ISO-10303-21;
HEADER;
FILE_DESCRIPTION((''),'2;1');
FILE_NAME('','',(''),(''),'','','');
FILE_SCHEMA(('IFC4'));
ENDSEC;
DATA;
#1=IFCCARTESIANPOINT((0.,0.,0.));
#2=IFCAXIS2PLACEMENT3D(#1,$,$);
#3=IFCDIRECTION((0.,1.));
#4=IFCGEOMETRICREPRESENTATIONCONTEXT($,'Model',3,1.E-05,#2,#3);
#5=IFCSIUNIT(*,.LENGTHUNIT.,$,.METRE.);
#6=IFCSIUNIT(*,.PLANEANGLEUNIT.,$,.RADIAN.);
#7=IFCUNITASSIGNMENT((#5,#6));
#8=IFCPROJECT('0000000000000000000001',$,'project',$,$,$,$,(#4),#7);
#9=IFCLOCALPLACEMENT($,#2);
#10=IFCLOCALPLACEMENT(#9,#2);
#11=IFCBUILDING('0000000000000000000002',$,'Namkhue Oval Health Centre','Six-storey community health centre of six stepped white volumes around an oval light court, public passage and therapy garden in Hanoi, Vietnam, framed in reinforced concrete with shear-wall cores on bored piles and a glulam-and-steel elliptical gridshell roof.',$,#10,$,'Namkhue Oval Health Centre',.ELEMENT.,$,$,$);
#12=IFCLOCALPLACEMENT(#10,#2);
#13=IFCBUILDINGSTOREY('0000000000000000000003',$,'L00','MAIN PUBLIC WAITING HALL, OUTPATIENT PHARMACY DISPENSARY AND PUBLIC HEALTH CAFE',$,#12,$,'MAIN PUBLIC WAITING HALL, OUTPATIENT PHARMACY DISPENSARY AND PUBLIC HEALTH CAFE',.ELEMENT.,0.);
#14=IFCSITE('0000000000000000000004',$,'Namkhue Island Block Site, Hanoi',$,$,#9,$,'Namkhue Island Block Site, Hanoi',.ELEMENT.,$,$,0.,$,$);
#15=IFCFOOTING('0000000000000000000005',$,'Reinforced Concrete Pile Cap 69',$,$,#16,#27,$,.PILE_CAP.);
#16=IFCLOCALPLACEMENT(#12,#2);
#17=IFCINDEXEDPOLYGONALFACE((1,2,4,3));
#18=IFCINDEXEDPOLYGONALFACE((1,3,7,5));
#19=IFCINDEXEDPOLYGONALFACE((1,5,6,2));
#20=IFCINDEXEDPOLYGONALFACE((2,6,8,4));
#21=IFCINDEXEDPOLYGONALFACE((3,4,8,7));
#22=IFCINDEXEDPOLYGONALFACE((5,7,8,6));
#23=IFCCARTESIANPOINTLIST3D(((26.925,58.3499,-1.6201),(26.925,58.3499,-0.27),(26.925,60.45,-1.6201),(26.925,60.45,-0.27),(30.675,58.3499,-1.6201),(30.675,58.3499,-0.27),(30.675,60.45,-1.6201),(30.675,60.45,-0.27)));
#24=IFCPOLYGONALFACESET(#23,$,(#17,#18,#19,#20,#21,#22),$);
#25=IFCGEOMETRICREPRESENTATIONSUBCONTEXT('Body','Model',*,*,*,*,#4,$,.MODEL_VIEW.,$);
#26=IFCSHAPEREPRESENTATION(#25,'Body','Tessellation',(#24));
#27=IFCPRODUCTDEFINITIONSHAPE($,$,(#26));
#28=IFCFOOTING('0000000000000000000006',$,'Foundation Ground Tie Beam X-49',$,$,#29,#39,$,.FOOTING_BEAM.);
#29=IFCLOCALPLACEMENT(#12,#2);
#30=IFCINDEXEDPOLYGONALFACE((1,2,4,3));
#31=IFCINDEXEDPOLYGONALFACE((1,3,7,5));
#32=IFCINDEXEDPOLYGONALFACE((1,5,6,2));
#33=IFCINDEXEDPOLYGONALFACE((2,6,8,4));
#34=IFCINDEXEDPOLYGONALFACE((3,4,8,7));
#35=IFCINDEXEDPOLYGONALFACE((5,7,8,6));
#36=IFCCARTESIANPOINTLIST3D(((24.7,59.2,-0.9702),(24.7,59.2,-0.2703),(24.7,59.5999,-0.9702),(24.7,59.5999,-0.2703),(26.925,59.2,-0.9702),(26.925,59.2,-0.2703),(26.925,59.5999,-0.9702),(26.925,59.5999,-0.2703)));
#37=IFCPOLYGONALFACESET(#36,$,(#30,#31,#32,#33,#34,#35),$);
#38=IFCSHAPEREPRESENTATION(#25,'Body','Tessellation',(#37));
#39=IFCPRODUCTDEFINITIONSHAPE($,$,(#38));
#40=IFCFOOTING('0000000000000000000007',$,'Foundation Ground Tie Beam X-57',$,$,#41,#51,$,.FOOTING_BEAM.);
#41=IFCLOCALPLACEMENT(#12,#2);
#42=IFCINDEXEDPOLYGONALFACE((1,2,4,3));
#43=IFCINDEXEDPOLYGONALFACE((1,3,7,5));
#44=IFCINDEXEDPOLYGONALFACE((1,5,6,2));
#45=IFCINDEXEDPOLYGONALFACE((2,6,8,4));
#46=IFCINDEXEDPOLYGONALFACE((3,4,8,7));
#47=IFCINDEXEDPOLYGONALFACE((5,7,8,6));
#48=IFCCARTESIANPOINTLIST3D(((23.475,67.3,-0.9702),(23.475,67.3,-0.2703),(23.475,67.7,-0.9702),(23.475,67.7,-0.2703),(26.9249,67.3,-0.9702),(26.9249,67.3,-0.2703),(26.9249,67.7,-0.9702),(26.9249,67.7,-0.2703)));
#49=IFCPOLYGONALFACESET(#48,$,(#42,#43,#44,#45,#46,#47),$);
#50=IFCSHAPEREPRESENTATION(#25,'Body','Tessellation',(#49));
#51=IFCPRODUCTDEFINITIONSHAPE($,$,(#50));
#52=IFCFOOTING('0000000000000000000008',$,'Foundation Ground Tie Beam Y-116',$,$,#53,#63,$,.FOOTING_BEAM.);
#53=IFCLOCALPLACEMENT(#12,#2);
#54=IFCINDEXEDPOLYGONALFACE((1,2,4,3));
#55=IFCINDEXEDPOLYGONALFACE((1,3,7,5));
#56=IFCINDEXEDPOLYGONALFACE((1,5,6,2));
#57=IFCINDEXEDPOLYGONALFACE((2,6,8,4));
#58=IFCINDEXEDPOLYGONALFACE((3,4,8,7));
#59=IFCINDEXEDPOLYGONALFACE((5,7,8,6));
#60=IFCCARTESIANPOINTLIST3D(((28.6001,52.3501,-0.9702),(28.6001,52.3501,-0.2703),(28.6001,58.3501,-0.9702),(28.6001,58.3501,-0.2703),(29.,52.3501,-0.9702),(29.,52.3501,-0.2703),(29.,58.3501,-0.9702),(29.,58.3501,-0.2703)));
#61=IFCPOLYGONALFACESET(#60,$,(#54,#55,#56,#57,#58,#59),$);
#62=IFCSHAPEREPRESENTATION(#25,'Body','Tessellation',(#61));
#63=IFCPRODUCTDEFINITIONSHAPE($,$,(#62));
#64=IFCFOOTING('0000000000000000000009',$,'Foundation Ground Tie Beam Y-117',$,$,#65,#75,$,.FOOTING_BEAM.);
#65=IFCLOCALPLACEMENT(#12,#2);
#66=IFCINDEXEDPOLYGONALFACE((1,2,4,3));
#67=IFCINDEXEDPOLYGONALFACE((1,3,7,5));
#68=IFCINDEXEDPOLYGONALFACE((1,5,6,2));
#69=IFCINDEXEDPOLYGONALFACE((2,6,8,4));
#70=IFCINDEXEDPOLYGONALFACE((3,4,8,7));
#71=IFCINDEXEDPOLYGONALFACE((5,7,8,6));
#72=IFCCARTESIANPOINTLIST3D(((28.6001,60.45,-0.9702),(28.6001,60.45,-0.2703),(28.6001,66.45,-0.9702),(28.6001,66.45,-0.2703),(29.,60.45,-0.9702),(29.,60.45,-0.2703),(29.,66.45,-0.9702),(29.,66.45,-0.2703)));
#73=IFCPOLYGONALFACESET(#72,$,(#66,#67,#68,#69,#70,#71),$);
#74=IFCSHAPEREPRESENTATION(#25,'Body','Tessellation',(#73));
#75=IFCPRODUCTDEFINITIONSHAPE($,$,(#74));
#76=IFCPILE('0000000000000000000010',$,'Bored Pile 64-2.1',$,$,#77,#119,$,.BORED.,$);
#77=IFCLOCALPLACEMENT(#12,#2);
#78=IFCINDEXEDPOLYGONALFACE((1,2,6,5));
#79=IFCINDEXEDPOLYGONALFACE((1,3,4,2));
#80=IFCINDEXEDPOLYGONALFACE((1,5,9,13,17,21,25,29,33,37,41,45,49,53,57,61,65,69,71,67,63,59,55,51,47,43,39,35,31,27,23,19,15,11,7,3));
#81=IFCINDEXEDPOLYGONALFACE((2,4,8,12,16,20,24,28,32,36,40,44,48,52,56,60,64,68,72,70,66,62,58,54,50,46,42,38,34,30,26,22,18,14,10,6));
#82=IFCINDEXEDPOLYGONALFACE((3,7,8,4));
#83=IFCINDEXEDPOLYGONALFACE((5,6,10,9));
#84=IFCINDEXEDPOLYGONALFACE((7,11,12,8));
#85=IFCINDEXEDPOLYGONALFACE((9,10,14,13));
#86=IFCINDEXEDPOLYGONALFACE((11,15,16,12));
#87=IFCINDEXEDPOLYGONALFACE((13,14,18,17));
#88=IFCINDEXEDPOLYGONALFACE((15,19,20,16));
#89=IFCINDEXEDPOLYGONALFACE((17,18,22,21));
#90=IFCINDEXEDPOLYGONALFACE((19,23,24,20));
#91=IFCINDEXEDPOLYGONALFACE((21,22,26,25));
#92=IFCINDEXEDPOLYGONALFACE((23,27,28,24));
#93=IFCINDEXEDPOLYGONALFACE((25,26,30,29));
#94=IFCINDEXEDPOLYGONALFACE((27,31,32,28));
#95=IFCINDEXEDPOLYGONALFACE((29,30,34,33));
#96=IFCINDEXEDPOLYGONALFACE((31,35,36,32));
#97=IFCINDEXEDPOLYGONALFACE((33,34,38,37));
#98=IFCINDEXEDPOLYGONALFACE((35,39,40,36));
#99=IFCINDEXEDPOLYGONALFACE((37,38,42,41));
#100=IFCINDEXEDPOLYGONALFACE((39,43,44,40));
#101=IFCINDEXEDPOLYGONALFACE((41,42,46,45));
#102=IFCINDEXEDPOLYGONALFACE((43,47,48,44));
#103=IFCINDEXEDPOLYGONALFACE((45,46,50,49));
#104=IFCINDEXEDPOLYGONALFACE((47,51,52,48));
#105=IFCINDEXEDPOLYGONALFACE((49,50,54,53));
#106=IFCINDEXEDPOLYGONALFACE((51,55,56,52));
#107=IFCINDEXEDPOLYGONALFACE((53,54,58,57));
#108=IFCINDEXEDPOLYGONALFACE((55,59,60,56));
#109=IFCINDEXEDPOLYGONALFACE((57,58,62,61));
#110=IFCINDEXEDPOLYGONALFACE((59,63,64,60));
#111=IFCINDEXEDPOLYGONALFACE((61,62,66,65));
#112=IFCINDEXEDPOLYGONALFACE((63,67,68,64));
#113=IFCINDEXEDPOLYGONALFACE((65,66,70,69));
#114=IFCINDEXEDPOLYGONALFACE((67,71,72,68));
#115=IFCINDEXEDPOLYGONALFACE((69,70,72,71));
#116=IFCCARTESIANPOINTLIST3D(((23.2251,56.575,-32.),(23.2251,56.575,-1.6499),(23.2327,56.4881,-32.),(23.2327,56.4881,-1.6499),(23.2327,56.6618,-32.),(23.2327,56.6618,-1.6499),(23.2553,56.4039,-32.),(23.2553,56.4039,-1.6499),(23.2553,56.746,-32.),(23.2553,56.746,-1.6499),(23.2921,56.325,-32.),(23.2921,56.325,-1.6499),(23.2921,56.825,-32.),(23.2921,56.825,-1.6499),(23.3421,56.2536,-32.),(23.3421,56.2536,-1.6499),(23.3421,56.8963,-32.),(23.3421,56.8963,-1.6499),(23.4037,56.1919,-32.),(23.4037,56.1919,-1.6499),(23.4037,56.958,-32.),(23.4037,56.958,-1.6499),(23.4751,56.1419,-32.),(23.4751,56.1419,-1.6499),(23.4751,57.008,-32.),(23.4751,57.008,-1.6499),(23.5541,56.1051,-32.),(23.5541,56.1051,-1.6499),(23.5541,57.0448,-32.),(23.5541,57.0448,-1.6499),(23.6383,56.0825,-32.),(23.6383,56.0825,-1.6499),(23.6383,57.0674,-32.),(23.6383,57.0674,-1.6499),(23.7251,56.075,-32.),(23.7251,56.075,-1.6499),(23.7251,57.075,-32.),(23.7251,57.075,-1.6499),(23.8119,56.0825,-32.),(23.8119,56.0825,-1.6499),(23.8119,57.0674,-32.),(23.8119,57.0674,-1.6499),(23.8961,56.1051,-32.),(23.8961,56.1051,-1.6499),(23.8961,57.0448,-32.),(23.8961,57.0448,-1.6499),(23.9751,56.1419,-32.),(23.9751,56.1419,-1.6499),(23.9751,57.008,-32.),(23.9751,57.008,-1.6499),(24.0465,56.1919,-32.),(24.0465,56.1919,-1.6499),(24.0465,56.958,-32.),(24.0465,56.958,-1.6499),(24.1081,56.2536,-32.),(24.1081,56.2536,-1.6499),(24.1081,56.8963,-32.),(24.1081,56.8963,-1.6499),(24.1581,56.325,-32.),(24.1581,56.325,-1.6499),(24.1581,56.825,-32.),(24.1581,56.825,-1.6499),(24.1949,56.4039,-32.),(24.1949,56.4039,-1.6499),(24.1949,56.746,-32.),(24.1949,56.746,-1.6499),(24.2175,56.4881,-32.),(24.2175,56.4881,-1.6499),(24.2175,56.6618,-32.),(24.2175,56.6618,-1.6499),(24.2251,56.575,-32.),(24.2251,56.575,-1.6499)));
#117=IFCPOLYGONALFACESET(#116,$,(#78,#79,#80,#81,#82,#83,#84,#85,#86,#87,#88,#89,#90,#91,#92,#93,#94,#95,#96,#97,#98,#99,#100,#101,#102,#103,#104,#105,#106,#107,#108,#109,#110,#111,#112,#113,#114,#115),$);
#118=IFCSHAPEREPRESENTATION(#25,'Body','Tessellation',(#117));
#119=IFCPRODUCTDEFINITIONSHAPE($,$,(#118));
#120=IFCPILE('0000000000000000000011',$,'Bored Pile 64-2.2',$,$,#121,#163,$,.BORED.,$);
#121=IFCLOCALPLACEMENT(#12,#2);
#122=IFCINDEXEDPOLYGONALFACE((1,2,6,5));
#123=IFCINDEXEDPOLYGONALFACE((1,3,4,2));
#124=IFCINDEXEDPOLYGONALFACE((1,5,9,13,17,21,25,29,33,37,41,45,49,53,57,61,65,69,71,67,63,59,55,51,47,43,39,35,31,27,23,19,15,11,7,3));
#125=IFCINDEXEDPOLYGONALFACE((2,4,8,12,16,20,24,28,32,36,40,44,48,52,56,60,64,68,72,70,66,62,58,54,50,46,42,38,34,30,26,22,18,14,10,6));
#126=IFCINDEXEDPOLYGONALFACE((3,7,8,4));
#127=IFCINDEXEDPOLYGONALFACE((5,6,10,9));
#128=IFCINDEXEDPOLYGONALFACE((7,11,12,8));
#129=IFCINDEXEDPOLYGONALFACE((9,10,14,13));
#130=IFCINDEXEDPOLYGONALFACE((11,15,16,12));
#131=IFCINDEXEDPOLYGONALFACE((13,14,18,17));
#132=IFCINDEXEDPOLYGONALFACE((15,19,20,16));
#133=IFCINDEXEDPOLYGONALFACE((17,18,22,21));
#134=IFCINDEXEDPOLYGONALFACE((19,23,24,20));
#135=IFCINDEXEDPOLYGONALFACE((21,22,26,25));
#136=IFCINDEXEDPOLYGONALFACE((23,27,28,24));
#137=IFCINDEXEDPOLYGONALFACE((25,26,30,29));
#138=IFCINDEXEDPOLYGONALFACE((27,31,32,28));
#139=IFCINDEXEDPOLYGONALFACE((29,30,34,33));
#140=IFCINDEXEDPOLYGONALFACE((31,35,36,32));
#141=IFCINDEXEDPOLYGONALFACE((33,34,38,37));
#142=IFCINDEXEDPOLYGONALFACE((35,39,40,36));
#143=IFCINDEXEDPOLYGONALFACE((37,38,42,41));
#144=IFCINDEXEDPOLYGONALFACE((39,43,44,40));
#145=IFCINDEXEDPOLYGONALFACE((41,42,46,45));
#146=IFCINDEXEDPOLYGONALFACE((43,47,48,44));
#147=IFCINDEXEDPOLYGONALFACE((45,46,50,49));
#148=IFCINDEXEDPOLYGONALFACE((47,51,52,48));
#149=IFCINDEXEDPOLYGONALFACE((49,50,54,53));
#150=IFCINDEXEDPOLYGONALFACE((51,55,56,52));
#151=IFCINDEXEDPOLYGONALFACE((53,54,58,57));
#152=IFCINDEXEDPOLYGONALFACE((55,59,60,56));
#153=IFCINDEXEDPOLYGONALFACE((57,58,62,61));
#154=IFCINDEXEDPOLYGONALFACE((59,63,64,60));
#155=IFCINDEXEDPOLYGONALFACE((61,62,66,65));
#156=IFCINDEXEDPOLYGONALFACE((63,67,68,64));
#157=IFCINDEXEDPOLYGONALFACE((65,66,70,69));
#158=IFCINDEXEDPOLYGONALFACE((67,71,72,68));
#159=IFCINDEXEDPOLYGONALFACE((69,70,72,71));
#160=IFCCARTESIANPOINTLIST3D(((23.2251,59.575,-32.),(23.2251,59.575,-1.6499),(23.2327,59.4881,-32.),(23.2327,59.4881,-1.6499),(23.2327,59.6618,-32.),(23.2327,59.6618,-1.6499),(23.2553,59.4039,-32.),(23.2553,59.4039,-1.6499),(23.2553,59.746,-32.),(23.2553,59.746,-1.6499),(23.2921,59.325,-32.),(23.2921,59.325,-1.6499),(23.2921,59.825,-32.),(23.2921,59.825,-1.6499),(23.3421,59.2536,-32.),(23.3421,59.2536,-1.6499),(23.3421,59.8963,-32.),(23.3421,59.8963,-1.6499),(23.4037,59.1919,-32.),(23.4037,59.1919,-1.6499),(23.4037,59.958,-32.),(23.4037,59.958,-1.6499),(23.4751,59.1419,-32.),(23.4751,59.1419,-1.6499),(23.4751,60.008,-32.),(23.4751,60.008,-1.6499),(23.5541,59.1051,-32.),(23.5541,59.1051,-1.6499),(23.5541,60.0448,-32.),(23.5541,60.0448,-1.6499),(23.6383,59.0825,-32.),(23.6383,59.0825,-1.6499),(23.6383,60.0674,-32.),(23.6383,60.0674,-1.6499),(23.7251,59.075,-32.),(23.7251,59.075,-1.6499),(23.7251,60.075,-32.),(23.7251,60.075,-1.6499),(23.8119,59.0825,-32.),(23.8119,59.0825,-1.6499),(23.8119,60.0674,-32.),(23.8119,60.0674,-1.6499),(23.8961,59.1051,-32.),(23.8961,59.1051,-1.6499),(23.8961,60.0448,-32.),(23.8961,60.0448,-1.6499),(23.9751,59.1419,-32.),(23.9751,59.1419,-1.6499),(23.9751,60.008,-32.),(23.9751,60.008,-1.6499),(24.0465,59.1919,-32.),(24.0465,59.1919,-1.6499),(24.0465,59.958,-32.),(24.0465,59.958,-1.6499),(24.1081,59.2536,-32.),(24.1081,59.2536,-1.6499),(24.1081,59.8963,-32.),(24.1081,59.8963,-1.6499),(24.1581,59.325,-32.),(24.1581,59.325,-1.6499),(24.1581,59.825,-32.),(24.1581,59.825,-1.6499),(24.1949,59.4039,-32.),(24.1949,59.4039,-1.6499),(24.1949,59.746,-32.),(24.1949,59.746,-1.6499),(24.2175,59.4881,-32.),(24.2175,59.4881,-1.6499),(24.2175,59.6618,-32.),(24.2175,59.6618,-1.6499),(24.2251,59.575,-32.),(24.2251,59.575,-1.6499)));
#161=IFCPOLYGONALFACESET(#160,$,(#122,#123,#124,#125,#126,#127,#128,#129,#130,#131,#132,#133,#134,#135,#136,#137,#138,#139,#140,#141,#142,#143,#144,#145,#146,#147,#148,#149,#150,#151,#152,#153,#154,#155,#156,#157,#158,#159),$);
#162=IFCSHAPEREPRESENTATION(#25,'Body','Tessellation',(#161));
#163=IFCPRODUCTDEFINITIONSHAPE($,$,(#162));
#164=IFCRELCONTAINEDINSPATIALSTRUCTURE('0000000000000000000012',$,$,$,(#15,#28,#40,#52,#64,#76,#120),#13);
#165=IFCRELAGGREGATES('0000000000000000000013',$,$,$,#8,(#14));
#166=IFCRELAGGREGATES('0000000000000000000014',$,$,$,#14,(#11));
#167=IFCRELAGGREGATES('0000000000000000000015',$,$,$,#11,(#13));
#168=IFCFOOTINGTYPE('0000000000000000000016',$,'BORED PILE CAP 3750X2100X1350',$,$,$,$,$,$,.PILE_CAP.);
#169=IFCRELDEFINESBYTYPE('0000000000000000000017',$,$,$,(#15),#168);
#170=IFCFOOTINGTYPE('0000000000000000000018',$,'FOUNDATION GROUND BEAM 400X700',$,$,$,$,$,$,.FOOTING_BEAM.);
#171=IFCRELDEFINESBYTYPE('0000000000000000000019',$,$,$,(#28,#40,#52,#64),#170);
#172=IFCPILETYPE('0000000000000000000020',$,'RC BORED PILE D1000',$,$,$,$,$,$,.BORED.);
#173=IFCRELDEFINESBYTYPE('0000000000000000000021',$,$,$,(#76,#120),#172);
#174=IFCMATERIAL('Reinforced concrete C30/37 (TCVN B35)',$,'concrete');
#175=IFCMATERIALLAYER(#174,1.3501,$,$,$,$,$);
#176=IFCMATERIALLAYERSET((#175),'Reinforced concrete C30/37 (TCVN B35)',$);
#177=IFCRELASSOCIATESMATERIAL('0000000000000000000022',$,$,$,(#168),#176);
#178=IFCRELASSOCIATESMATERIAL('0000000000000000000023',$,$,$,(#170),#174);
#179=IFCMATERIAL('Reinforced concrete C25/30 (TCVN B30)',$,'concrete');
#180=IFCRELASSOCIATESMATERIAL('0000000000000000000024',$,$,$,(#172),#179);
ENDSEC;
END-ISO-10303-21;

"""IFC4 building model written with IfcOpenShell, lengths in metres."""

from ifc_helpers import new_model, si_unit, direction, frame, origin, origin_2d, place, context, subcontext, project, spatial, rectangle, circle, extrude, material, layer, layer_set, material_profile, profile_set, type_object, element, save


model = new_model("IFC4")

# Units and contexts
model_context = context("Model", 3, precision=1e-05, world=origin(), true_north=direction((0.0, 1.0)))
body_context = subcontext(model_context, "Body", "Model", "MODEL_VIEW")
ifc_project = project(units=[si_unit("LENGTHUNIT", "METRE"), si_unit("PLANEANGLEUNIT", "RADIAN")], contexts=[model_context])

# Site, building, storey
site_placement = place(None, origin())
site = spatial("IfcSite", under=ifc_project, at=site_placement, Name="Namkhue Island Block Site, Hanoi", LongName="Namkhue Island Block Site, Hanoi", CompositionType="ELEMENT", RefElevation=0.0)
building_placement = place(site_placement, origin())
building = spatial("IfcBuilding", under=site, at=building_placement, Name="Namkhue Oval Health Centre", Description="Six-storey community health centre of six stepped white volumes around an oval light court, public passage and therapy garden in Hanoi, Vietnam, framed in reinforced concrete with shear-wall cores on bored piles and a glulam-and-steel elliptical gridshell roof.", LongName="Namkhue Oval Health Centre", CompositionType="ELEMENT")
storey_placement = place(building_placement, origin())
storey = spatial("IfcBuildingStorey", under=building, at=storey_placement, Name="L00", Description="MAIN PUBLIC WAITING HALL, OUTPATIENT PHARMACY DISPENSARY AND PUBLIC HEALTH CAFE", LongName="MAIN PUBLIC WAITING HALL, OUTPATIENT PHARMACY DISPENSARY AND PUBLIC HEALTH CAFE", CompositionType="ELEMENT", Elevation=0.0)

# Footings
ifc_material_1 = material(Name="Reinforced concrete C30/37 (TCVN B35)", Category="concrete")
ifc_layer_1 = layer(ifc_material_1, 1.3501)
ifc_layer_set_1 = layer_set([ifc_layer_1], Name="Reinforced concrete C30/37 (TCVN B35)")
footing_type_1 = type_object("IfcFootingType", Name="BORED PILE CAP 3750X2100X1350", PredefinedType="PILE_CAP", material=ifc_layer_set_1)
footing_1_placement = place(storey_placement, frame((28.8, 59.3999, -1.6201), z_axis=(0.0, 0.0, 1.0), x_axis=(1.0, 0.0, 0.0)))
element("IfcFooting", 1, at=footing_1_placement, inside=storey, type_object=footing_type_1, Name="Reinforced Concrete Pile Cap 69", PredefinedType="PILE_CAP", context=body_context, shape_type="SweptSolid", body=[
    extrude(rectangle(XDim=3.75, YDim=2.1001, at=origin_2d()), origin(), (0.0, 0.0, 1.0), 1.3501),
])
footing_type_2 = type_object("IfcFootingType", Name="FOUNDATION GROUND BEAM 400X700", PredefinedType="FOOTING_BEAM", material=ifc_material_1)
footing_2_placement = place(storey_placement, frame((25.8125, 59.3999, -0.9702), z_axis=(0.0, 0.0, 1.0), x_axis=(1.0, 0.0, 0.0)))
element("IfcFooting", 2, at=footing_2_placement, inside=storey, type_object=footing_type_2, Name="Foundation Ground Tie Beam X-49", PredefinedType="FOOTING_BEAM", context=body_context, shape_type="SweptSolid", body=[
    extrude(rectangle(XDim=2.2251, YDim=0.3999, at=origin_2d()), origin(), (0.0, 0.0, 1.0), 0.7),
])
footing_3_placement = place(storey_placement, frame((25.2, 67.5, -0.9702), z_axis=(0.0, 0.0, 1.0), x_axis=(1.0, 0.0, 0.0)))
element("IfcFooting", 3, at=footing_3_placement, inside=storey, type_object=footing_type_2, Name="Foundation Ground Tie Beam X-57", PredefinedType="FOOTING_BEAM", context=body_context, shape_type="SweptSolid", body=[
    extrude(rectangle(XDim=3.45, YDim=0.3999, at=origin_2d()), origin(), (0.0, 0.0, 1.0), 0.7),
])
for number, where, z_axis, x_axis, name in (
    (4, (28.8, 55.3501, -0.9702), (0.0, 0.0, 1.0), (0.0, 1.0, 0.0), "Foundation Ground Tie Beam Y-116"),
    (5, (28.8, 63.45, -0.9702), (0.0, 0.0, 1.0), (0.0, 1.0, 0.0), "Foundation Ground Tie Beam Y-117"),
):
    element("IfcFooting", number, at=place(storey_placement, frame(where, z_axis=z_axis, x_axis=x_axis)), inside=storey, type_object=footing_type_2, Name=name, PredefinedType="FOOTING_BEAM", context=body_context, shape_type="SweptSolid", body=[
        extrude(rectangle(XDim=6.0, YDim=0.3999, at=origin_2d()), origin(), (0.0, 0.0, 1.0), 0.7),
    ])

# Piles
ifc_material_2 = material(Name="Reinforced concrete C25/30 (TCVN B30)", Category="concrete")
ifc_material_profile_1 = material_profile(ifc_material_2, circle(Radius=0.5, at=origin_2d()), Name="BORED PILE D1000")
ifc_profile_set_1 = profile_set([ifc_material_profile_1], Name="Reinforced concrete C25/30 (TCVN B30)")
pile_type_1 = type_object("IfcPileType", Name="RC BORED PILE D1000", PredefinedType="BORED", material=ifc_profile_set_1)
for number, where, z_axis, x_axis, name in (
    (6, (23.7251, 56.575, -1.6499), (0.0, 0.0, -1.0), (1.0, 0.0, 0.0), "Bored Pile 64-2.1"),
    (7, (23.7251, 59.575, -1.6499), (0.0, 0.0, -1.0), (1.0, 0.0, 0.0), "Bored Pile 64-2.2"),
):
    element("IfcPile", number, at=place(storey_placement, frame(where, z_axis=z_axis, x_axis=x_axis)), inside=storey, type_object=pile_type_1, Name=name, PredefinedType="BORED", context=body_context, shape_type="SweptSolid", body=[
        extrude(circle(Radius=0.5, at=origin_2d()), origin(), (0.0, 0.0, 1.0), 30.3501),
    ])

save(model, "model.ifc")
